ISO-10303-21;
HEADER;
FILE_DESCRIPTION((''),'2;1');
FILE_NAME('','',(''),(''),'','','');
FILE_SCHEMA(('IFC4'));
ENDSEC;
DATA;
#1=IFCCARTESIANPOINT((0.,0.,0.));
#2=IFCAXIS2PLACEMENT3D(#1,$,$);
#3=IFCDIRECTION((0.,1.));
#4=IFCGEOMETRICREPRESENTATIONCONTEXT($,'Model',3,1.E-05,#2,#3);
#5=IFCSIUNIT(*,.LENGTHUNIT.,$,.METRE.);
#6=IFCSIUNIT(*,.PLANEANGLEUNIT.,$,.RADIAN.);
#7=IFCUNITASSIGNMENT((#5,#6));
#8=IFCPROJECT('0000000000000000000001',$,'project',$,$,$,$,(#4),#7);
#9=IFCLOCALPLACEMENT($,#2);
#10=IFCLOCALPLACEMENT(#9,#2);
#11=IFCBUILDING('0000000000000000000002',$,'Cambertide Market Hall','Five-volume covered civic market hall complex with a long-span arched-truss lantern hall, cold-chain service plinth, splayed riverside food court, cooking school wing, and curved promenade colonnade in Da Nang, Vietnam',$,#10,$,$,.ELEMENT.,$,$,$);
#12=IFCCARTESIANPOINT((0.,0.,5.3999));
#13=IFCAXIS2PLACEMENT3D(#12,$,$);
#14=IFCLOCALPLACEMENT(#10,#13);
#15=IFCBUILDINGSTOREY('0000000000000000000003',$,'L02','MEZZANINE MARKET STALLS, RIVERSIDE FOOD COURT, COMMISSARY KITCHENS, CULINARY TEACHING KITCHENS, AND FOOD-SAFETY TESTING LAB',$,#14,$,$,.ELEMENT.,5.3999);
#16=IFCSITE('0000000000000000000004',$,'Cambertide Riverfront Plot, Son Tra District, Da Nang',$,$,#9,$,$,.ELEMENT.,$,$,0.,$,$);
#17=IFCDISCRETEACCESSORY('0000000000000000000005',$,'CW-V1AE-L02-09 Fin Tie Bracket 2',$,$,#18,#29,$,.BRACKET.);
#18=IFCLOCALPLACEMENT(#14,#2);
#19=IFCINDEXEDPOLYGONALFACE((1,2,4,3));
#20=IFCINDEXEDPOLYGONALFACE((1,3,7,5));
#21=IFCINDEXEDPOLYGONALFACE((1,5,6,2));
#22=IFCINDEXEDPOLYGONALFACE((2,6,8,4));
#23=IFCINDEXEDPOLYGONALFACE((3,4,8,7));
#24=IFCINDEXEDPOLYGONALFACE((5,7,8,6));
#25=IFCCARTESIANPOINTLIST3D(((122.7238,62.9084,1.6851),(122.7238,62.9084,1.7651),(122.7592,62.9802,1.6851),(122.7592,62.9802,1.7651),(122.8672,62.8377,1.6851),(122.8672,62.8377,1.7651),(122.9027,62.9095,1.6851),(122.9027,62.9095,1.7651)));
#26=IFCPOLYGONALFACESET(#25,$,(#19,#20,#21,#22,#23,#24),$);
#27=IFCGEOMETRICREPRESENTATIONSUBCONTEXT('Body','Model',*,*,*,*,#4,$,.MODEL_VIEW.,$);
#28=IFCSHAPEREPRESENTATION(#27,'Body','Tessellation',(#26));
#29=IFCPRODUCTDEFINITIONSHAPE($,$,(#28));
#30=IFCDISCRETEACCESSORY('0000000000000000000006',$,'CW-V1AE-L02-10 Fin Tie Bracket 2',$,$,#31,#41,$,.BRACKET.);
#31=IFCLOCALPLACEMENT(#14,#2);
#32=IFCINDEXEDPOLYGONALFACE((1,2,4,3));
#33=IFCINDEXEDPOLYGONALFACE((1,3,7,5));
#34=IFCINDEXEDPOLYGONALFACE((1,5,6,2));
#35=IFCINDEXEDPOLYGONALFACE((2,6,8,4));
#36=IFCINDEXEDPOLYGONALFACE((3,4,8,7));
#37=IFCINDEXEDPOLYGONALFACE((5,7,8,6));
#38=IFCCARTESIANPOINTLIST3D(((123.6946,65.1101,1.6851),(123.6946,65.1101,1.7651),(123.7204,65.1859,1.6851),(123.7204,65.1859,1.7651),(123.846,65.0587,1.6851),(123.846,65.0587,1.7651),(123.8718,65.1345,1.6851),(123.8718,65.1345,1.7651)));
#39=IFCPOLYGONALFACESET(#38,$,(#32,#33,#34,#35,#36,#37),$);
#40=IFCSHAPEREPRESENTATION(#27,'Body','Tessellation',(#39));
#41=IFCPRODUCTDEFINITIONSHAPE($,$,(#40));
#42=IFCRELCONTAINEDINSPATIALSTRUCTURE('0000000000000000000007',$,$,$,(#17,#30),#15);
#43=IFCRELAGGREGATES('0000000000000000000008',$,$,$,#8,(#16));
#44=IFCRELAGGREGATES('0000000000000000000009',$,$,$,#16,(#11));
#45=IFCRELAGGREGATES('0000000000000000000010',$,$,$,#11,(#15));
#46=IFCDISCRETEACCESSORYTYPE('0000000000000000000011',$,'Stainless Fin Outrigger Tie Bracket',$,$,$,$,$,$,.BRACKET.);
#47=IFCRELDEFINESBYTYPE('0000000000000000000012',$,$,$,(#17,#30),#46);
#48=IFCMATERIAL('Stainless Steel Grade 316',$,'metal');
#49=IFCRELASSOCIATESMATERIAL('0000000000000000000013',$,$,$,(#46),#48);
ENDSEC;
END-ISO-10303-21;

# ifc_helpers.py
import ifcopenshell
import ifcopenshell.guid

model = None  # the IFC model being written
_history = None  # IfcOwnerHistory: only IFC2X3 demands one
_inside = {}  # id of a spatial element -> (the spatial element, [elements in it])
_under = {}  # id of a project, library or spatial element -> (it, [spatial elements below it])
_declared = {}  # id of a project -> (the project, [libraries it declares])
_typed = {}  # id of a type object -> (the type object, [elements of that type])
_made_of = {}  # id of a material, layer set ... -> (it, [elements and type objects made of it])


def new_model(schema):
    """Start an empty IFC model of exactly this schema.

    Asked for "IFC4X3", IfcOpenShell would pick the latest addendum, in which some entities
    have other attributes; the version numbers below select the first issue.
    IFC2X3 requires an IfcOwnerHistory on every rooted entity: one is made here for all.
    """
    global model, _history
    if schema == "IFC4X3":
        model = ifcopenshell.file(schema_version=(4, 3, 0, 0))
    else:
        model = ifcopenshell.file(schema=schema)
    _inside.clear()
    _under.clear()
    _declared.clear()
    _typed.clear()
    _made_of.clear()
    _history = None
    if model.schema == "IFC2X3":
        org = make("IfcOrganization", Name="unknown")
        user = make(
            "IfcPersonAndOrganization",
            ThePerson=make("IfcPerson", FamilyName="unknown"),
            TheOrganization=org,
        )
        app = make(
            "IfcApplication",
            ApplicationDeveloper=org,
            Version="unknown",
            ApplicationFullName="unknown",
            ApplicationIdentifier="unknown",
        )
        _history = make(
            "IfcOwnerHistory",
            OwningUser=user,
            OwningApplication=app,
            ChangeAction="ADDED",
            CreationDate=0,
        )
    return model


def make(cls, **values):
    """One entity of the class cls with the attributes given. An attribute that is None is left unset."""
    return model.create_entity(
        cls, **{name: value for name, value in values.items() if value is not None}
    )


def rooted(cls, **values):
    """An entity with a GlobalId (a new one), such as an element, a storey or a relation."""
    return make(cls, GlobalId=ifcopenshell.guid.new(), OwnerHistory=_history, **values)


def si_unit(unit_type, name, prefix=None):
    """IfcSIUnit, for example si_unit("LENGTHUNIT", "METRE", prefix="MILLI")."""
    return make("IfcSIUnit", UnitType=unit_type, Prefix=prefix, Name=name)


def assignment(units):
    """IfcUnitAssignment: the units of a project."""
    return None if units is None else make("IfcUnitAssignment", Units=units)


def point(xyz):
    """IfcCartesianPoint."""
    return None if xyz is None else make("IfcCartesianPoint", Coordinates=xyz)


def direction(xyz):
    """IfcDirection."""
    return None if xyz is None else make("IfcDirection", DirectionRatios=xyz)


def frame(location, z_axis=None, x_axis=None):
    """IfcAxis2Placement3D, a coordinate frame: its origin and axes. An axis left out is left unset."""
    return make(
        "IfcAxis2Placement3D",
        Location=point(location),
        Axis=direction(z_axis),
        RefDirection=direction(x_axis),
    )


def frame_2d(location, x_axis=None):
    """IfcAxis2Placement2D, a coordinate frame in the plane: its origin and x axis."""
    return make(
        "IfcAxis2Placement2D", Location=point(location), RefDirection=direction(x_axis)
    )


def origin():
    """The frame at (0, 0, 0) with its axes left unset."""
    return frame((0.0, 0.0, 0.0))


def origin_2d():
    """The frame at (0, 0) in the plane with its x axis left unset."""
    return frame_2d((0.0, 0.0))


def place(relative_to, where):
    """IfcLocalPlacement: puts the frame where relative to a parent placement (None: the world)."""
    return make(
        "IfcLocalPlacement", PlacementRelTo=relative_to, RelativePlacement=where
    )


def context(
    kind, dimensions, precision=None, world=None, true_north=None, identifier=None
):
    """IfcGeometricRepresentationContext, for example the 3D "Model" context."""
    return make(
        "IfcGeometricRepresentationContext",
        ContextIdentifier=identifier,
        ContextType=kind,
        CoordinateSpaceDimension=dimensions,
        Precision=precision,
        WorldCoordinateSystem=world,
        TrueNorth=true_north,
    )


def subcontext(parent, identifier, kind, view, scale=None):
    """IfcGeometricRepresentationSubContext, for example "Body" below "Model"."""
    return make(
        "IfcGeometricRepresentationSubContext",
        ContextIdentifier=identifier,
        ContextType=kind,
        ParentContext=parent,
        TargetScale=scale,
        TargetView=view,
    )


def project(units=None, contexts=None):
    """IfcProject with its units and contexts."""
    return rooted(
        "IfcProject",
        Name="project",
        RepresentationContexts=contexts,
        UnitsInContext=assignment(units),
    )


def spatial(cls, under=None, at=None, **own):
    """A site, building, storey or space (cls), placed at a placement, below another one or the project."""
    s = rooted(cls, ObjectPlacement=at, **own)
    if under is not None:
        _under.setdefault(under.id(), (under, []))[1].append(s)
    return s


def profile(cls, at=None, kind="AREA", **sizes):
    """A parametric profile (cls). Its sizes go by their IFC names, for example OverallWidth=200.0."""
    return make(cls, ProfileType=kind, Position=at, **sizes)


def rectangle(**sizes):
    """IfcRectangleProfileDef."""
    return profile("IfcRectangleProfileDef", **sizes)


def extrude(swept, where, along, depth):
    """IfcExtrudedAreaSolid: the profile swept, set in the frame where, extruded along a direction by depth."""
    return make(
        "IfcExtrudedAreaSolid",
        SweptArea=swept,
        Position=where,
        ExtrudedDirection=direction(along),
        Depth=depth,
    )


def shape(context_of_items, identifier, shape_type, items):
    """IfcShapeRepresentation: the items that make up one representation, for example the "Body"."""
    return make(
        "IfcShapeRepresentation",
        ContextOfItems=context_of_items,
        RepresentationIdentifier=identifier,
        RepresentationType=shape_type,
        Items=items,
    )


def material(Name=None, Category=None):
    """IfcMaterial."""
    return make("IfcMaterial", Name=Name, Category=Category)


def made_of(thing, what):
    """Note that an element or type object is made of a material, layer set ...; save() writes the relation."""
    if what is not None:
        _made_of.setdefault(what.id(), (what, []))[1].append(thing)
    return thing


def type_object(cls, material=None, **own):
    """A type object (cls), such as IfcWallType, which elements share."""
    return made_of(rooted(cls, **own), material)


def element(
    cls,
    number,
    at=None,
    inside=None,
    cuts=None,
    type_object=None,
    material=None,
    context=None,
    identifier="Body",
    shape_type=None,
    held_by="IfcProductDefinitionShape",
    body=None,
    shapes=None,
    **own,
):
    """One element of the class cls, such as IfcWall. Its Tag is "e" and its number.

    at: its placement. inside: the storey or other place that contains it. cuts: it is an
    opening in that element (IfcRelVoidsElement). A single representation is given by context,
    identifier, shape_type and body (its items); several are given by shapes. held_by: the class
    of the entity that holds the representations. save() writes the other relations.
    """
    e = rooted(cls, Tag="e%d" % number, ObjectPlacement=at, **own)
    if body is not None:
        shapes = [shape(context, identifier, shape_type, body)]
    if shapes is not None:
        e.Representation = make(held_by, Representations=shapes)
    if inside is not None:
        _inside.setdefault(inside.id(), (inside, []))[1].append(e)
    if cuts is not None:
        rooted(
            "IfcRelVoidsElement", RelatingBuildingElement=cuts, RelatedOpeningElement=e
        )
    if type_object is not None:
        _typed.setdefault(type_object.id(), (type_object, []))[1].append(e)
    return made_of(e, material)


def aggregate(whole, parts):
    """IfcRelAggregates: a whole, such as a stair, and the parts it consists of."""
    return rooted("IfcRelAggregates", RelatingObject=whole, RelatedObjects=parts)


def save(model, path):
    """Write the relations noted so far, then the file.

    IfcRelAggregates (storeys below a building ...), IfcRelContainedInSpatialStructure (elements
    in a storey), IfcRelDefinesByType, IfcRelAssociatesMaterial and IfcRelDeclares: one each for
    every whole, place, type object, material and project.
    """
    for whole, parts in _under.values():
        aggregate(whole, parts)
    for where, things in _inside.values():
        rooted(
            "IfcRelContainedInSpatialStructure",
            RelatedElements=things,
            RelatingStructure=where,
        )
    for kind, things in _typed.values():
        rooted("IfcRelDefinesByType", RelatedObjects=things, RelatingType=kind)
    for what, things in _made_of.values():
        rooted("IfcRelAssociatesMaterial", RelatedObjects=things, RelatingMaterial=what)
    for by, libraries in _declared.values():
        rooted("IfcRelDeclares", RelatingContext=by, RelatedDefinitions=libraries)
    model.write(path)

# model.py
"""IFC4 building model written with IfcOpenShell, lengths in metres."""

from ifc_helpers import new_model, si_unit, direction, frame, origin, origin_2d, place, context, subcontext, project, spatial, rectangle, extrude, material, type_object, element, save


model = new_model("IFC4")

# Units and contexts
model_context = context("Model", 3, precision=1e-05, world=origin(), true_north=direction((0.0, 1.0)))
body_context = subcontext(model_context, "Body", "Model", "MODEL_VIEW")
ifc_project = project(units=[si_unit("LENGTHUNIT", "METRE"), si_unit("PLANEANGLEUNIT", "RADIAN")], contexts=[model_context])

# Site, building, storey
site_placement = place(None, origin())
site = spatial("IfcSite", under=ifc_project, at=site_placement, Name="Cambertide Riverfront Plot, Son Tra District, Da Nang", CompositionType="ELEMENT", RefElevation=0.0)
building_placement = place(site_placement, origin())
building = spatial("IfcBuilding", under=site, at=building_placement, Name="Cambertide Market Hall", Description="Five-volume covered civic market hall complex with a long-span arched-truss lantern hall, cold-chain service plinth, splayed riverside food court, cooking school wing, and curved promenade colonnade in Da Nang, Vietnam", CompositionType="ELEMENT")
storey_placement = place(building_placement, frame((0.0, 0.0, 5.3999)))
storey = spatial("IfcBuildingStorey", under=building, at=storey_placement, Name="L02", Description="MEZZANINE MARKET STALLS, RIVERSIDE FOOD COURT, COMMISSARY KITCHENS, CULINARY TEACHING KITCHENS, AND FOOD-SAFETY TESTING LAB", CompositionType="ELEMENT", Elevation=5.3999)

# Discrete accessories
ifc_material_1 = material(Name="Stainless Steel Grade 316", Category="metal")
discrete_accessory_type = type_object("IfcDiscreteAccessoryType", Name="Stainless Fin Outrigger Tie Bracket", PredefinedType="BRACKET", material=ifc_material_1)
for number, where, z_axis, x_axis, name in (
    (1, (122.8132, 62.9089, 1.6851), (0.0, 0.0, 1.0), (-0.442289, -0.896873, 0.0), "CW-V1AE-L02-09 Fin Tie Bracket 2"),
    (2, (123.7832, 65.1223, 1.6851), (0.0, 0.0, 1.0), (-0.321439, -0.94693, 0.0), "CW-V1AE-L02-10 Fin Tie Bracket 2"),
):
    element("IfcDiscreteAccessory", number, at=place(storey_placement, frame(where, z_axis=z_axis, x_axis=x_axis)), inside=storey, type_object=discrete_accessory_type, Name=name, PredefinedType="BRACKET", context=body_context, shape_type="SweptSolid", body=[
        extrude(rectangle(XDim=0.0801, YDim=0.1599, at=origin_2d()), origin(), (0.0, 0.0, 1.0), 0.0801),
    ])

save(model, "model.ifc")
